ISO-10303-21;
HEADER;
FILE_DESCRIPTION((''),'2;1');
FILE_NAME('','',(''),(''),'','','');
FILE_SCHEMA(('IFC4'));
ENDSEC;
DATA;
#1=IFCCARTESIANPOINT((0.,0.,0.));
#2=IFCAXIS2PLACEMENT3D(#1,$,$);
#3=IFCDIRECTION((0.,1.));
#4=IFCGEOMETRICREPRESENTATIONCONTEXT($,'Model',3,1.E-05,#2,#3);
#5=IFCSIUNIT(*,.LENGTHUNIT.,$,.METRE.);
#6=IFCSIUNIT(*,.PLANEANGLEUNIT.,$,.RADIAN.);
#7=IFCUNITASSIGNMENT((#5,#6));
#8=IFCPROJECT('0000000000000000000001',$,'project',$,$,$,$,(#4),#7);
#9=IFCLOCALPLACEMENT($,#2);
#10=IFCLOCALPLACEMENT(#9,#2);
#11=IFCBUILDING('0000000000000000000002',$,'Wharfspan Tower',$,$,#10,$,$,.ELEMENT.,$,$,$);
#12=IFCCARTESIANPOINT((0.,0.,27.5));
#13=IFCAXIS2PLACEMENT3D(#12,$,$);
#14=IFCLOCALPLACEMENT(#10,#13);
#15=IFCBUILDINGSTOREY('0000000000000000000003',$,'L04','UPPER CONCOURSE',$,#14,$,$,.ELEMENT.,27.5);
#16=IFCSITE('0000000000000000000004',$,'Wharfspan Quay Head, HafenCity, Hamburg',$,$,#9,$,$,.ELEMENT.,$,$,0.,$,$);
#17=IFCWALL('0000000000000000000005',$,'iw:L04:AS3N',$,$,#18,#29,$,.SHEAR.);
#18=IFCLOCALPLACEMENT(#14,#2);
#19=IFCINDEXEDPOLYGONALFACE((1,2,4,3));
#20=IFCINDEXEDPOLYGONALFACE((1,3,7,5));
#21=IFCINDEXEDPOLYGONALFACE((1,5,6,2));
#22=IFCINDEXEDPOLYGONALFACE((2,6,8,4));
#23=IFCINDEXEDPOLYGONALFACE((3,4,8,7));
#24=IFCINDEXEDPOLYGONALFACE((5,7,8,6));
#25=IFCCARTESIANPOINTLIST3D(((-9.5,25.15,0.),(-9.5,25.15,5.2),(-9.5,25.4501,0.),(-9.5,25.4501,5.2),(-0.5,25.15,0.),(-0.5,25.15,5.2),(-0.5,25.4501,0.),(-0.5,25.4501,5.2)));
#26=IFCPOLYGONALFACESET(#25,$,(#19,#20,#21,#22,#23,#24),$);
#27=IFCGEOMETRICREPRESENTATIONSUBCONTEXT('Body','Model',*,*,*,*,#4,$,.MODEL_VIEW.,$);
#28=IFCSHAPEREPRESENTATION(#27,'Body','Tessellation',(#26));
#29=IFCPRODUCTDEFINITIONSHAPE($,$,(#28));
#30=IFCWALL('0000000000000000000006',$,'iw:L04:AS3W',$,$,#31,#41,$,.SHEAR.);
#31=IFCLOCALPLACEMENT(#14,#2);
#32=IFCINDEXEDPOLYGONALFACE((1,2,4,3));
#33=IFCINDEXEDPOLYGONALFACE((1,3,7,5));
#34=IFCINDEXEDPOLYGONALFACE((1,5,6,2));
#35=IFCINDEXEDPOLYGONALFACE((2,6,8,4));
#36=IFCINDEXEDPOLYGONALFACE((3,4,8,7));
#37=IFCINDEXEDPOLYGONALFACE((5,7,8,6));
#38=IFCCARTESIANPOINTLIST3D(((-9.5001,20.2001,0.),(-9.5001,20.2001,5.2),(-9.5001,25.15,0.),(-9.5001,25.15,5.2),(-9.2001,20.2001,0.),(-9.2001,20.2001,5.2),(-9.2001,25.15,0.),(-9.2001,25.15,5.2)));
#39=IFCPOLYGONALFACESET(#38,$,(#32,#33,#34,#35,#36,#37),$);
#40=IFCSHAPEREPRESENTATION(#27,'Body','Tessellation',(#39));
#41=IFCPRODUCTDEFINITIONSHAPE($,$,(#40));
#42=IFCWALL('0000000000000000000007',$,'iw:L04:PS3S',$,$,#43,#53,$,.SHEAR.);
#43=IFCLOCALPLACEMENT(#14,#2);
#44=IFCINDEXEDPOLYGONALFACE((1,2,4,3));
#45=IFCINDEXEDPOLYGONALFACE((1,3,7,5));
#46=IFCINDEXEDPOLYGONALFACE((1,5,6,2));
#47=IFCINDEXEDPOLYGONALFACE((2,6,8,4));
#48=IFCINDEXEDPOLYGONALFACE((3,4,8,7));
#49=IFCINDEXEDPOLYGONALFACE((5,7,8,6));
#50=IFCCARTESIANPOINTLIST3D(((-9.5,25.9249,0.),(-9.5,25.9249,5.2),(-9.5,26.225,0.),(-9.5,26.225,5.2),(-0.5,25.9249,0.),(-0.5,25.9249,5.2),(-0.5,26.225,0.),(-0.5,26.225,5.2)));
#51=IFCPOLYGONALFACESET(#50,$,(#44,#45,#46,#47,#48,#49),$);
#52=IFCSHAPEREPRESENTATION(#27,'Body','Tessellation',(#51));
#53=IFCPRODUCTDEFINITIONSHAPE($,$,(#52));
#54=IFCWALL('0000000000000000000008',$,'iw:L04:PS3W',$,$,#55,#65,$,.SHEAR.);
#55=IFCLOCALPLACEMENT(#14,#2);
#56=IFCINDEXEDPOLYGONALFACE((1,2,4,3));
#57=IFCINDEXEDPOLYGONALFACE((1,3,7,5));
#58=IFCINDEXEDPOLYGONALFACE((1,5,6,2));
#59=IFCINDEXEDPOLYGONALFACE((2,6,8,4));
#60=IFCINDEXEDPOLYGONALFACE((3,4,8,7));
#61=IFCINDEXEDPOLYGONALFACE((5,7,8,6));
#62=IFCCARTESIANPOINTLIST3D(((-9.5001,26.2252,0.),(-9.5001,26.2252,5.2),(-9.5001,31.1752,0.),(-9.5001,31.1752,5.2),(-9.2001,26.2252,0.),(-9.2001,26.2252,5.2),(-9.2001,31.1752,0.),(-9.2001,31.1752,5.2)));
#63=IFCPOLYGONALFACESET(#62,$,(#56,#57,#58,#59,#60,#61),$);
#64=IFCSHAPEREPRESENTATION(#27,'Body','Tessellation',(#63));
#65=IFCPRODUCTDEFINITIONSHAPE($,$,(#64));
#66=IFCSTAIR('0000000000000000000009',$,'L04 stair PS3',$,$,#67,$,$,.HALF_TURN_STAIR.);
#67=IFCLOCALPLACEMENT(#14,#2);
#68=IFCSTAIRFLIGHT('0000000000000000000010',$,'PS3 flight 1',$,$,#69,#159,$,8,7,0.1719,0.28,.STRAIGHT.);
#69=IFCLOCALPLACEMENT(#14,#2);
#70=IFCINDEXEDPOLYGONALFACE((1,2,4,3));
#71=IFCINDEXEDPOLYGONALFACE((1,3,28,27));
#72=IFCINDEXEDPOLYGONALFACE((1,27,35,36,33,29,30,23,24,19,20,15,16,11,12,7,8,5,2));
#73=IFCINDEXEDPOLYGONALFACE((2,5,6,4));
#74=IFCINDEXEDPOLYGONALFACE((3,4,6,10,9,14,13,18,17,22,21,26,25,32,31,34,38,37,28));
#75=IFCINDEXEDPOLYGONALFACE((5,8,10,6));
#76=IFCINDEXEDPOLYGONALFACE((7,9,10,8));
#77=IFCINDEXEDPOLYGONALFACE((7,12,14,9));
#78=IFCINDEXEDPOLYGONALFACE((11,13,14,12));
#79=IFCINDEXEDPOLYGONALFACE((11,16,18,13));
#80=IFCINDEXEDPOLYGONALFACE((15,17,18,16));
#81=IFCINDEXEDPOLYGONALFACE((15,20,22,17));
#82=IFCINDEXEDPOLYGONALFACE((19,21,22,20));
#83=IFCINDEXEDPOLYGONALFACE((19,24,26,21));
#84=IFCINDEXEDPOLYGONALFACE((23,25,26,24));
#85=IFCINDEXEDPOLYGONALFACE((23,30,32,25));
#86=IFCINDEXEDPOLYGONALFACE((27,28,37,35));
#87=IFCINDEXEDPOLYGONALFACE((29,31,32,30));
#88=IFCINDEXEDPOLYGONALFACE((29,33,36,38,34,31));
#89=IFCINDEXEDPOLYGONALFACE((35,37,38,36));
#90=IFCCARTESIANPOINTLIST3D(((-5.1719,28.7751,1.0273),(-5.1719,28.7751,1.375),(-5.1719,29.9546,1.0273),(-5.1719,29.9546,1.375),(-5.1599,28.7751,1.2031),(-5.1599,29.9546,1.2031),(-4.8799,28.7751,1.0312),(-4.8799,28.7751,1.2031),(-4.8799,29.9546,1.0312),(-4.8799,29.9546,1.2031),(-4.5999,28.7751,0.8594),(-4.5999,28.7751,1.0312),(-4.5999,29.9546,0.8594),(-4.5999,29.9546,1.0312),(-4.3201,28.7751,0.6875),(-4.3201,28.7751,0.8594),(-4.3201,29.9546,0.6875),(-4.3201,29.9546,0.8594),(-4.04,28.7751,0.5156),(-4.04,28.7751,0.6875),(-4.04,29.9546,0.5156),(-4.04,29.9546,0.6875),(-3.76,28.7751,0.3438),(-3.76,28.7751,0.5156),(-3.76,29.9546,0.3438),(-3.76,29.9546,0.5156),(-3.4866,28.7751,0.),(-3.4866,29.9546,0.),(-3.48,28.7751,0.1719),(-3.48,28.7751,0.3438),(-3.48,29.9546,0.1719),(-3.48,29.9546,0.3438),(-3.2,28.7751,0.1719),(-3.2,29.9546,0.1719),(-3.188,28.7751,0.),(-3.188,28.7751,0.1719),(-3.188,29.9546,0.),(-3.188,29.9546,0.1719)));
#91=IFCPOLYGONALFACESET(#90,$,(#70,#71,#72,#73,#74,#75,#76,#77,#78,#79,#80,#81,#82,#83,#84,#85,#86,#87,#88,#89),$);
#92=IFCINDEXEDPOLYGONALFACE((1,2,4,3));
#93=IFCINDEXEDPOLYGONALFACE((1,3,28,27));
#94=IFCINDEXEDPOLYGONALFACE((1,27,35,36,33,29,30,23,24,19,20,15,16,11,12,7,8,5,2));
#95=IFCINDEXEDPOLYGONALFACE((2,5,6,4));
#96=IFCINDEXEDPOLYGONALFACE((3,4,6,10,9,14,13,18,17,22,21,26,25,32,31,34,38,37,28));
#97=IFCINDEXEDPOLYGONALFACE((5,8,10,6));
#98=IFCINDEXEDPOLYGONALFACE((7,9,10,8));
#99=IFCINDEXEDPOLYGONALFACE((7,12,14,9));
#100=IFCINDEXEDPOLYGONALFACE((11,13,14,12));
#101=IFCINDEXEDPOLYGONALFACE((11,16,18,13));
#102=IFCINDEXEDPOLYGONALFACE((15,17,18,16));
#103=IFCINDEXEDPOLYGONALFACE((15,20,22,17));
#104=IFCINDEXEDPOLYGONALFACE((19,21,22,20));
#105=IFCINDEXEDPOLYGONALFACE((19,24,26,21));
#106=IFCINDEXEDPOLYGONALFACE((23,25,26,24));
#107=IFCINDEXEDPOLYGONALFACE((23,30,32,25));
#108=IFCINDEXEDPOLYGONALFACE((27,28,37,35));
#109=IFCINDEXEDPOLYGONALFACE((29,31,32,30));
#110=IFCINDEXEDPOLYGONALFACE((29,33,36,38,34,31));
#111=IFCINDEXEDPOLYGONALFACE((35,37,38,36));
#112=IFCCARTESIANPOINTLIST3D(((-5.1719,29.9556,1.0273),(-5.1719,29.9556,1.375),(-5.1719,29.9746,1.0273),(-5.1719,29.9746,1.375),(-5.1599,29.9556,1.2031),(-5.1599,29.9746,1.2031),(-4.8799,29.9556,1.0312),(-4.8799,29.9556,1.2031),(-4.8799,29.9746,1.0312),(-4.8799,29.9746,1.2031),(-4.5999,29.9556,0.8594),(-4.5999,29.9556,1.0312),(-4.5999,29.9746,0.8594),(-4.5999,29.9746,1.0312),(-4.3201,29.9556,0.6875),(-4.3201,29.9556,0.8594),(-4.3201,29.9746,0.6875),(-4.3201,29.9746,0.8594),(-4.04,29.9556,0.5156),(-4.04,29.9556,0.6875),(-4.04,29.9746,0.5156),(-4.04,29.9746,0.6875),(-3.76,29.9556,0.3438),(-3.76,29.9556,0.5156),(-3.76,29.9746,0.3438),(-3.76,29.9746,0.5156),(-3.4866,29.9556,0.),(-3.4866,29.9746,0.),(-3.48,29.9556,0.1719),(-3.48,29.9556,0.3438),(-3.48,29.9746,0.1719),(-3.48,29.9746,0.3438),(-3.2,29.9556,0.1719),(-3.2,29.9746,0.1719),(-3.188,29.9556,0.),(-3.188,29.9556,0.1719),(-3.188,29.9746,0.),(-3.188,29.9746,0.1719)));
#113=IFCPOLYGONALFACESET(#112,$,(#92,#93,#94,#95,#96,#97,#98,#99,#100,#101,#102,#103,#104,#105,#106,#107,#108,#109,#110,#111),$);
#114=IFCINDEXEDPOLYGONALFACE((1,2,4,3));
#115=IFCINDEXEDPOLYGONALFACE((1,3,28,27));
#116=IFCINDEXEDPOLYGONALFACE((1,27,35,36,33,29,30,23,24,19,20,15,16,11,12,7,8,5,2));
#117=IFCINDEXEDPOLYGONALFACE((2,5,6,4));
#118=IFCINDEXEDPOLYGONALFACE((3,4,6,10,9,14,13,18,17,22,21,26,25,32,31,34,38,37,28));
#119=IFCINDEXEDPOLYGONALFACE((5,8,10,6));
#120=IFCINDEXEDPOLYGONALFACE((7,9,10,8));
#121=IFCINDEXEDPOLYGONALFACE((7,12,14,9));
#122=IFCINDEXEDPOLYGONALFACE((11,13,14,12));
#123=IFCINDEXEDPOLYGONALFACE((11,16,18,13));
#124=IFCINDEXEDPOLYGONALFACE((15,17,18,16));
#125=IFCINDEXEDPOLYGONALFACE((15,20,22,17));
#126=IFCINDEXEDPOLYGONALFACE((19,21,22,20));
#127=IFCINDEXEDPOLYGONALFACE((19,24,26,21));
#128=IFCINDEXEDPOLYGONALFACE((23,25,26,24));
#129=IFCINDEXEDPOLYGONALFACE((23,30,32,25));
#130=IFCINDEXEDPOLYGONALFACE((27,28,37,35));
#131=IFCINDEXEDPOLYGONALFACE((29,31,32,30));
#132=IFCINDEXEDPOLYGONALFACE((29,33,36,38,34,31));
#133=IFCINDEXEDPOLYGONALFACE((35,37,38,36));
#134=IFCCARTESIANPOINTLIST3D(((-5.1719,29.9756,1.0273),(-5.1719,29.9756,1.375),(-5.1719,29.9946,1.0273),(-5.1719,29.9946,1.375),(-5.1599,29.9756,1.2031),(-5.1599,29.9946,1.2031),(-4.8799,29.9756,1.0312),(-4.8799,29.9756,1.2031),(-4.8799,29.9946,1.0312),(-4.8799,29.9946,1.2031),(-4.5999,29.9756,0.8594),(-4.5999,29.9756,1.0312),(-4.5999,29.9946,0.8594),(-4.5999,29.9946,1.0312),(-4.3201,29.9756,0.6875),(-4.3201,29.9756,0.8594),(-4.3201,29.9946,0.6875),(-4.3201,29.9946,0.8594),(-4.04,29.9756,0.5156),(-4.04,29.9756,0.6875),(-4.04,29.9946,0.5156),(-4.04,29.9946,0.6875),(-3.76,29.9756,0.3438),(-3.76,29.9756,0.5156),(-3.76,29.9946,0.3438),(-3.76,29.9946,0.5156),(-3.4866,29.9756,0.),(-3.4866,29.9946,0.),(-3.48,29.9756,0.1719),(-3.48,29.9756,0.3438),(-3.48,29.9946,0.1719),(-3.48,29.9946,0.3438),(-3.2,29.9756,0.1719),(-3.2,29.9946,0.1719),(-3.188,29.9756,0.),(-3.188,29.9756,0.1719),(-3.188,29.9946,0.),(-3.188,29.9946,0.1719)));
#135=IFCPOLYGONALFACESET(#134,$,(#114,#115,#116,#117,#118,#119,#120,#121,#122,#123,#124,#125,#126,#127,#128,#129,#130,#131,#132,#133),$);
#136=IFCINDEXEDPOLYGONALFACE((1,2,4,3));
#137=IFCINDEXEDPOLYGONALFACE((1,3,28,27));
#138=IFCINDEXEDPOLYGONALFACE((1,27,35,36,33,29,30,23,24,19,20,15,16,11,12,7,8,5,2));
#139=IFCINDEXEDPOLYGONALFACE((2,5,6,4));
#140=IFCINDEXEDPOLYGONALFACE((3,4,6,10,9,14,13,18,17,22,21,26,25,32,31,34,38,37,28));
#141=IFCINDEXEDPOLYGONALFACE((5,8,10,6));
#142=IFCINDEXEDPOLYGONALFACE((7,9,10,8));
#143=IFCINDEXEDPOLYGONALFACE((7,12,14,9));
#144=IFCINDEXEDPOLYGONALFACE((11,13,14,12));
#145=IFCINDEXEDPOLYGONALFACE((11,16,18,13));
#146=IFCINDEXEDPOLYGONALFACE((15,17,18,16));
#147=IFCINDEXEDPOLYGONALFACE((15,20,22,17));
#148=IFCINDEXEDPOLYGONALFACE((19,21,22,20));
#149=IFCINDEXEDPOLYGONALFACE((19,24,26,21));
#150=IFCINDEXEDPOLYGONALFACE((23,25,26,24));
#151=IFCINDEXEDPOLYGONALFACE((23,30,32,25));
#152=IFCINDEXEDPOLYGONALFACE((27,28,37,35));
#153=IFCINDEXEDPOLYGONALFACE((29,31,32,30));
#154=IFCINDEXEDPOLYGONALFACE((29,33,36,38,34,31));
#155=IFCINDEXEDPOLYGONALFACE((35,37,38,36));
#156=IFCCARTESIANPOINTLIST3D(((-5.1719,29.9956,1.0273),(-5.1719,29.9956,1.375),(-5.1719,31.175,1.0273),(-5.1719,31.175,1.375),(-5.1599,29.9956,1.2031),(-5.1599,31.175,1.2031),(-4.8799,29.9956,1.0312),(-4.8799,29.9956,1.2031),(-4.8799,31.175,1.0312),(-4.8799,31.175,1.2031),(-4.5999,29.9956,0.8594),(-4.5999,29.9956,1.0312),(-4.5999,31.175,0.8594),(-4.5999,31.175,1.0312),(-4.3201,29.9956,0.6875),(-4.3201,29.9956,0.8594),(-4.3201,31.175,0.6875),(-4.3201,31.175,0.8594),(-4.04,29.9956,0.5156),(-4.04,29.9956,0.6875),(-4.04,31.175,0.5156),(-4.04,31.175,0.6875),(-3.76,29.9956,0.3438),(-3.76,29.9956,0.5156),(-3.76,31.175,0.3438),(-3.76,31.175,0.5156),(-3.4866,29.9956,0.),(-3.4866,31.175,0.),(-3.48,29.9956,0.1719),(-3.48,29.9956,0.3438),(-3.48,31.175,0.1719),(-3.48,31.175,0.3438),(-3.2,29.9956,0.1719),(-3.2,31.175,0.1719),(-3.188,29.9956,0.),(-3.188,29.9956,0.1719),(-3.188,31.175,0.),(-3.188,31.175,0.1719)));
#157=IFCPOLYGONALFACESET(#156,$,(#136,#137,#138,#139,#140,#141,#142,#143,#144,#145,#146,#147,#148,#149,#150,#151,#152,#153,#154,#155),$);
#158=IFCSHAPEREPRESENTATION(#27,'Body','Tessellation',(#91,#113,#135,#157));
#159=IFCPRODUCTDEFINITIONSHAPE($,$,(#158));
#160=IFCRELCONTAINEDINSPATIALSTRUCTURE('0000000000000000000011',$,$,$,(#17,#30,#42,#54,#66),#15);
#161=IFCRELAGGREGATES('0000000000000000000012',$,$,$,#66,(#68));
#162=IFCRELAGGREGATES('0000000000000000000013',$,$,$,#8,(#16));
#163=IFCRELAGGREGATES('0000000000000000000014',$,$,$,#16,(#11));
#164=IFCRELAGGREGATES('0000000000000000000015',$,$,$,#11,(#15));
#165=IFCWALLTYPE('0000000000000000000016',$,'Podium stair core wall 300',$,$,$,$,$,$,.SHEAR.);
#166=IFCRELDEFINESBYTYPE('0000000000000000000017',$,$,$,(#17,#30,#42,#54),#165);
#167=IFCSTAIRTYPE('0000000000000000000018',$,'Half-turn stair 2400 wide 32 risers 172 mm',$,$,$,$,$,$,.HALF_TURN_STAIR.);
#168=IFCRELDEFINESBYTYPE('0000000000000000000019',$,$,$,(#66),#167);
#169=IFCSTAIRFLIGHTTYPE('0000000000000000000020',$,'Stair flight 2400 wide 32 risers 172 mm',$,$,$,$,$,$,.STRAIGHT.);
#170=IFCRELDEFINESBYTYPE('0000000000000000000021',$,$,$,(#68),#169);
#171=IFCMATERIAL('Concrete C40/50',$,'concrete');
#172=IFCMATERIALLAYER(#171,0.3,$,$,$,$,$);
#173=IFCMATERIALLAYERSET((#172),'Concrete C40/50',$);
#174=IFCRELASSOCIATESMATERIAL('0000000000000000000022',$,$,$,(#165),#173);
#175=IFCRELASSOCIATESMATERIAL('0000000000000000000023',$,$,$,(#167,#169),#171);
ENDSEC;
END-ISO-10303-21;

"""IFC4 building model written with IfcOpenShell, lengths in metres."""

from ifc_helpers import new_model, si_unit, direction, frame, frame_2d, origin, place, context, subcontext, project, spatial, polyline, rectangle, outline, extrude, material, layer, layer_set, type_object, element, aggregate, save


model = new_model("IFC4")

# Units and contexts
model_context = context("Model", 3, precision=1e-05, world=origin(), true_north=direction((0.0, 1.0)))
body_context = subcontext(model_context, "Body", "Model", "MODEL_VIEW")
ifc_project = project(units=[si_unit("LENGTHUNIT", "METRE"), si_unit("PLANEANGLEUNIT", "RADIAN")], contexts=[model_context])

# Site, building, storey
site_placement = place(None, origin())
site = spatial("IfcSite", under=ifc_project, at=site_placement, Name="Wharfspan Quay Head, HafenCity, Hamburg", CompositionType="ELEMENT", RefElevation=0.0)
building_placement = place(site_placement, origin())
building = spatial("IfcBuilding", under=site, at=building_placement, Name="Wharfspan Tower", CompositionType="ELEMENT")
storey_placement = place(building_placement, frame((0.0, 0.0, 27.5)))
storey = spatial("IfcBuildingStorey", under=building, at=storey_placement, Name="L04", Description="UPPER CONCOURSE", CompositionType="ELEMENT", Elevation=27.5)

# Walls
ifc_material_1 = material(Name="Concrete C40/50", Category="concrete")
ifc_layer_1 = layer(ifc_material_1, 0.3)
ifc_layer_set_1 = layer_set([ifc_layer_1], Name="Concrete C40/50")
wall_type_1 = type_object("IfcWallType", Name="Podium stair core wall 300", PredefinedType="SHEAR", material=ifc_layer_set_1)
for number, where, z_axis, x_axis, name in (
    (1, (-9.5, 25.3, 0.0), (0.0, 0.0, 1.0), (1.0, 0.0, 0.0), "iw:L04:AS3N"),
):
    element("IfcWall", number, at=place(storey_placement, frame(where, z_axis=z_axis, x_axis=x_axis)), inside=storey, type_object=wall_type_1, Name=name, PredefinedType="SHEAR", context=body_context, shape_type="SweptSolid", body=[
        extrude(rectangle(XDim=9.0, YDim=0.3, at=frame_2d((4.5, 0.0))), origin(), (0.0, 0.0, 1.0), 5.2),
    ])
wall_1_placement = place(storey_placement, frame((-9.3501, 20.2, 0.0), z_axis=(0.0, 0.0, 1.0), x_axis=(0.0, 1.0, 0.0)))
element("IfcWall", 2, at=wall_1_placement, inside=storey, type_object=wall_type_1, Name="iw:L04:AS3W", PredefinedType="SHEAR", context=body_context, shape_type="SweptSolid", body=[
    extrude(rectangle(XDim=4.95, YDim=0.3, at=frame_2d((2.4751, 0.0))), origin(), (0.0, 0.0, 1.0), 5.2),
])
wall_2_placement = place(storey_placement, frame((-9.5, 26.075, 0.0), z_axis=(0.0, 0.0, 1.0), x_axis=(1.0, 0.0, 0.0)))
element("IfcWall", 3, at=wall_2_placement, inside=storey, type_object=wall_type_1, Name="iw:L04:PS3S", PredefinedType="SHEAR", context=body_context, shape_type="SweptSolid", body=[
    extrude(rectangle(XDim=9.0, YDim=0.3, at=frame_2d((4.5, 0.0))), origin(), (0.0, 0.0, 1.0), 5.2),
])
wall_3_placement = place(storey_placement, frame((-9.3501, 26.2251, 0.0), z_axis=(0.0, 0.0, 1.0), x_axis=(0.0, 1.0, 0.0)))
element("IfcWall", 4, at=wall_3_placement, inside=storey, type_object=wall_type_1, Name="iw:L04:PS3W", PredefinedType="SHEAR", context=body_context, shape_type="SweptSolid", body=[
    extrude(rectangle(XDim=4.95, YDim=0.3, at=frame_2d((2.4751, 0.0))), origin(), (0.0, 0.0, 1.0), 5.2),
])

# Stair, stair flight
stair_type = type_object("IfcStairType", Name="Half-turn stair 2400 wide 32 risers 172 mm", PredefinedType="HALF_TURN_STAIR", material=ifc_material_1)
stair_placement = place(storey_placement, origin())
stair = element("IfcStair", 5, at=stair_placement, inside=storey, type_object=stair_type, Name="L04 stair PS3", PredefinedType="HALF_TURN_STAIR")
stair_flight_type = type_object("IfcStairFlightType", Name="Stair flight 2400 wide 32 risers 172 mm", PredefinedType="STRAIGHT", material=ifc_material_1)
stair_flight_1_placement = place(storey_placement, frame((-3.2, 29.9751, 0.0), z_axis=(0.0, 0.0, 1.0), x_axis=(-1.0, 0.0, 0.0)))
stair_flight_1 = element("IfcStairFlight", 6, at=stair_flight_1_placement, type_object=stair_flight_type, Name="PS3 flight 1", NumberOfRisers=8, NumberOfTreads=7, PredefinedType="STRAIGHT", RiserHeight=0.1719, TreadLength=0.28, context=body_context, shape_type="SweptSolid", body=[
    extrude(outline(polyline([(-0.012, 0.0), (-0.012, 0.1719), (0.0, 0.1719), (0.28, 0.1719), (0.28, 0.3438), (0.5601, 0.3438), (0.5601, 0.5156), (0.8401, 0.5156), (0.8401, 0.6875), (1.1201, 0.6875), (1.1201, 0.8594), (1.3999, 0.8594), (1.3999, 1.0312), (1.6799, 1.0312), (1.6799, 1.2031), (1.96, 1.2031), (1.9719, 1.375), (1.9719, 1.0273), (0.2866, 0.0), (-0.012, 0.0)])), frame((0.0, 1.2, 0.0), z_axis=(0.0, -1.0, 0.0), x_axis=(1.0, 0.0, 0.0)), (0.0, 0.0, 1.0), 1.1794),
    extrude(outline(polyline([(-0.012, 0.0), (-0.012, 0.1719), (0.0, 0.1719), (0.28, 0.1719), (0.28, 0.3438), (0.5601, 0.3438), (0.5601, 0.5156), (0.8401, 0.5156), (0.8401, 0.6875), (1.1201, 0.6875), (1.1201, 0.8594), (1.3999, 0.8594), (1.3999, 1.0312), (1.6799, 1.0312), (1.6799, 1.2031), (1.96, 1.2031), (1.9719, 1.375), (1.9719, 1.0273), (0.2866, 0.0), (-0.012, 0.0)])), frame((0.0, 0.0195, 0.0), z_axis=(0.0, -1.0, 0.0), x_axis=(1.0, 0.0, 0.0)), (0.0, 0.0, 1.0), 0.019),
    extrude(outline(polyline([(-0.012, 0.0), (-0.012, 0.1719), (0.0, 0.1719), (0.28, 0.1719), (0.28, 0.3438), (0.5601, 0.3438), (0.5601, 0.5156), (0.8401, 0.5156), (0.8401, 0.6875), (1.1201, 0.6875), (1.1201, 0.8594), (1.3999, 0.8594), (1.3999, 1.0312), (1.6799, 1.0312), (1.6799, 1.2031), (1.96, 1.2031), (1.9719, 1.375), (1.9719, 1.0273), (0.2866, 0.0), (-0.012, 0.0)])), frame((0.0, -0.0005, 0.0), z_axis=(0.0, -1.0, 0.0), x_axis=(1.0, 0.0, 0.0)), (0.0, 0.0, 1.0), 0.019),
    extrude(outline(polyline([(-0.012, 0.0), (-0.012, 0.1719), (0.0, 0.1719), (0.28, 0.1719), (0.28, 0.3438), (0.5601, 0.3438), (0.5601, 0.5156), (0.8401, 0.5156), (0.8401, 0.6875), (1.1201, 0.6875), (1.1201, 0.8594), (1.3999, 0.8594), (1.3999, 1.0312), (1.6799, 1.0312), (1.6799, 1.2031), (1.96, 1.2031), (1.9719, 1.375), (1.9719, 1.0273), (0.2866, 0.0), (-0.012, 0.0)])), frame((0.0, -0.0205, 0.0), z_axis=(0.0, -1.0, 0.0), x_axis=(1.0, 0.0, 0.0)), (0.0, 0.0, 1.0), 1.1794),
])
aggregate(stair, [stair_flight_1])

save(model, "model.ifc")
